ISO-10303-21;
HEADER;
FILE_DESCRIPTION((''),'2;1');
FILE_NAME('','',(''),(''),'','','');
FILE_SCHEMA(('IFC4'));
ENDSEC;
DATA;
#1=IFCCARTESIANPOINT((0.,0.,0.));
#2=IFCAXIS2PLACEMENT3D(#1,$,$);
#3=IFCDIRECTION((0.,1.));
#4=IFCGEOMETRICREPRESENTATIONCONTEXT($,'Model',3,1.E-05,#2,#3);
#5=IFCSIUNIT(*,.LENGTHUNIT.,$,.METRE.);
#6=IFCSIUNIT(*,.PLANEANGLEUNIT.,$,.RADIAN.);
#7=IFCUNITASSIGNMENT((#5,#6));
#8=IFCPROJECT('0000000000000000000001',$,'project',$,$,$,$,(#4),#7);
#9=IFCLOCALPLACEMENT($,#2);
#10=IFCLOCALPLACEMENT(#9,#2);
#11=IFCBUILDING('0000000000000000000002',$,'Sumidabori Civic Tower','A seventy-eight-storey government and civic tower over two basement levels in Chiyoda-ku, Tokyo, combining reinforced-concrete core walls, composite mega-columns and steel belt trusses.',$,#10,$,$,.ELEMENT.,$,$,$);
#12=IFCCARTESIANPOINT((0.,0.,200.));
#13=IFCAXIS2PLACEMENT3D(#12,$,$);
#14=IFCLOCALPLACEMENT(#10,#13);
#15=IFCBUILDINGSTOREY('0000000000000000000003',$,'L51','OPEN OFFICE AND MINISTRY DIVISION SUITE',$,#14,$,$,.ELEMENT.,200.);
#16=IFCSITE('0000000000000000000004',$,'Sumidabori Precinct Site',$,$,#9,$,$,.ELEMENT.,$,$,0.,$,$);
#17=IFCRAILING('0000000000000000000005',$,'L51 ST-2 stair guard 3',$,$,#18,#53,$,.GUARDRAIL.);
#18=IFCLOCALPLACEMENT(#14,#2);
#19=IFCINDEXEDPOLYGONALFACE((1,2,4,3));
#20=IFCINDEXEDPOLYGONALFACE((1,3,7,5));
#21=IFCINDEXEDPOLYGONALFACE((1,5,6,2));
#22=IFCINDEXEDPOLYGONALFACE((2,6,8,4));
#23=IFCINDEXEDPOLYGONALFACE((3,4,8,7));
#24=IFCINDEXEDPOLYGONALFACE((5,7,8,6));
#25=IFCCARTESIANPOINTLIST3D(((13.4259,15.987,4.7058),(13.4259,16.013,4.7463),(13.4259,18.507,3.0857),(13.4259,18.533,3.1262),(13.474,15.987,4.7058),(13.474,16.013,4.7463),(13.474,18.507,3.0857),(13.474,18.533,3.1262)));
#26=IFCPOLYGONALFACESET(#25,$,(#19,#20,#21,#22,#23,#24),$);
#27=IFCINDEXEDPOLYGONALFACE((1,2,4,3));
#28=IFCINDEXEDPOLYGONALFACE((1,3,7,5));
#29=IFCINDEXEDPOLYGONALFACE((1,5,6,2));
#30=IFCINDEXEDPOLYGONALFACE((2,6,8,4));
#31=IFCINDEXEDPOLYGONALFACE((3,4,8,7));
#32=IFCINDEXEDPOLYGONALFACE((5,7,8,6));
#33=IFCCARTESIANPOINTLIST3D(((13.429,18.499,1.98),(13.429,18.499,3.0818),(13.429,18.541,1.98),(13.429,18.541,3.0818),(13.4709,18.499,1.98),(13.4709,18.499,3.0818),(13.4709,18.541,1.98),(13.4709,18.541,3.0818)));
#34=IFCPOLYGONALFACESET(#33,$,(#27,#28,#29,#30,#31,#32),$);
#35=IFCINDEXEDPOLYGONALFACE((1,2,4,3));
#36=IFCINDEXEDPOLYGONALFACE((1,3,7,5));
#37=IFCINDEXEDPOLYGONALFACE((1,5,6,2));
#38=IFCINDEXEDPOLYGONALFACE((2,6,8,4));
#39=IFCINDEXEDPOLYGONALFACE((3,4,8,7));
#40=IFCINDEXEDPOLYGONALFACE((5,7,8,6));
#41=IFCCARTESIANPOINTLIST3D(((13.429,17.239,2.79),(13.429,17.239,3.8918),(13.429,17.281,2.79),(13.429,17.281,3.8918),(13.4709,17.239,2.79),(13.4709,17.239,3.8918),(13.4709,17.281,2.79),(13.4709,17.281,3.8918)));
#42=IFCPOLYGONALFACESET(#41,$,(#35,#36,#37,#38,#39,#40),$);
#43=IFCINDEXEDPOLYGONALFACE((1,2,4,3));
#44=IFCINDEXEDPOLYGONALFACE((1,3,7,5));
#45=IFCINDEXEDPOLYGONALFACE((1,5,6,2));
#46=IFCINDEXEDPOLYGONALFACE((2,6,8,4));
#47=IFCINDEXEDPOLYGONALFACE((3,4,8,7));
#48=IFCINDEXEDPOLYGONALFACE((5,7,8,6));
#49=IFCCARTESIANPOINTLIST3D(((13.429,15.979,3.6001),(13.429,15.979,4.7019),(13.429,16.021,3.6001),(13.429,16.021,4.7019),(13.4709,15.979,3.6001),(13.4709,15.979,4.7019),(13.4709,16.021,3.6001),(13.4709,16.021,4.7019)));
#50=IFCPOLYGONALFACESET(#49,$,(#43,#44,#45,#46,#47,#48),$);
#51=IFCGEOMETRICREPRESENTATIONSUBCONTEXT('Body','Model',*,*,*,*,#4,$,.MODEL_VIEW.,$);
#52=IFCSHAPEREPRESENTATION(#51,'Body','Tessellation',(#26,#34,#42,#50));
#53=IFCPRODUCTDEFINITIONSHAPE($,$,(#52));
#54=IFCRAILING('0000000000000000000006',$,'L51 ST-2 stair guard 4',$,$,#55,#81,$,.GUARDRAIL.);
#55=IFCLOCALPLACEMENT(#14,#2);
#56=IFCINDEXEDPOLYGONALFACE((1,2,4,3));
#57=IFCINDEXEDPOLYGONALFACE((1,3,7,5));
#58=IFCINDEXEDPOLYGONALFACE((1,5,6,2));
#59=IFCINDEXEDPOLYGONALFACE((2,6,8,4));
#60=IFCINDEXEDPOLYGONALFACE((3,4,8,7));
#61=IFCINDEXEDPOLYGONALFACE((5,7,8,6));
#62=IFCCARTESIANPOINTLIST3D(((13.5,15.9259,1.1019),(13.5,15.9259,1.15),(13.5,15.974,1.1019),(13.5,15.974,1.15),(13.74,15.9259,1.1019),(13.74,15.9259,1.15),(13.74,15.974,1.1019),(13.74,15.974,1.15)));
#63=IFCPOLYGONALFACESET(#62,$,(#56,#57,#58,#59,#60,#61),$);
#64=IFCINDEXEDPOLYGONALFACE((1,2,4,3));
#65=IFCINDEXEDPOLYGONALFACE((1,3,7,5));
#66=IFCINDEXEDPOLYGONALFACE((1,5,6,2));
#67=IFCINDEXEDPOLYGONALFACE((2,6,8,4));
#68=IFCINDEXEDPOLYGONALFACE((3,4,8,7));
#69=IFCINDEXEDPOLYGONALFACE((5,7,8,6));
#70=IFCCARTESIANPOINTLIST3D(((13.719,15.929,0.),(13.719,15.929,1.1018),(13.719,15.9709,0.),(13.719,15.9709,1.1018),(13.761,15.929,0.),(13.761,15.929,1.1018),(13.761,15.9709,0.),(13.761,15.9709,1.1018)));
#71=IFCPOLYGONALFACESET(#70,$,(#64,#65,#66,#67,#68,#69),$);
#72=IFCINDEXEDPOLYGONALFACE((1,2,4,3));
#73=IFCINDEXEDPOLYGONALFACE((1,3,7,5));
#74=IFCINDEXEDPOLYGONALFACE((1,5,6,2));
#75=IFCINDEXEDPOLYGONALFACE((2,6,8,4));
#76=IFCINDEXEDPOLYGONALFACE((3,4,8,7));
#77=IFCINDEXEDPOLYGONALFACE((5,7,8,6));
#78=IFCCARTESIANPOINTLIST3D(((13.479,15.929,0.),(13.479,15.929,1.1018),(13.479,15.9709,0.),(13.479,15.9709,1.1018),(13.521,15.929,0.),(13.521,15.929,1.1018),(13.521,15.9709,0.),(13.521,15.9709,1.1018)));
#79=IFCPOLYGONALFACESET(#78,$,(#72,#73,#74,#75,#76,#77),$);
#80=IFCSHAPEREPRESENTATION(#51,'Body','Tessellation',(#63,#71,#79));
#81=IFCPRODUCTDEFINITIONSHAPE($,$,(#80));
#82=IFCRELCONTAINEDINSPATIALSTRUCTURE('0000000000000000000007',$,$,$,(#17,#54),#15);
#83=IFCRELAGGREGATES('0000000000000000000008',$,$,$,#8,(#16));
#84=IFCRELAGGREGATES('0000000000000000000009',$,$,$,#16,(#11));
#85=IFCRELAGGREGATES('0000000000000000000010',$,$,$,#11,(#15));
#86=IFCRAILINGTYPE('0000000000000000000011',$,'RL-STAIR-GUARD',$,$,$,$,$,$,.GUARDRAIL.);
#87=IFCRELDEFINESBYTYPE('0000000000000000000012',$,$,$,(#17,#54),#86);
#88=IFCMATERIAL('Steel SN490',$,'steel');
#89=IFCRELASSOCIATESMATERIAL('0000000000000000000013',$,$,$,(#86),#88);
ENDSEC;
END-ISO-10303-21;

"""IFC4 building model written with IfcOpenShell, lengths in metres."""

from ifc_helpers import new_model, si_unit, direction, frame, origin, origin_2d, place, context, subcontext, project, spatial, rectangle, extrude, material, type_object, element, save


model = new_model("IFC4")

# Units and contexts
model_context = context("Model", 3, precision=1e-05, world=origin(), true_north=direction((0.0, 1.0)))
body_context = subcontext(model_context, "Body", "Model", "MODEL_VIEW")
ifc_project = project(units=[si_unit("LENGTHUNIT", "METRE"), si_unit("PLANEANGLEUNIT", "RADIAN")], contexts=[model_context])

# Site, building, storey
site_placement = place(None, origin())
site = spatial("IfcSite", under=ifc_project, at=site_placement, Name="Sumidabori Precinct Site", CompositionType="ELEMENT", RefElevation=0.0)
building_placement = place(site_placement, origin())
building = spatial("IfcBuilding", under=site, at=building_placement, Name="Sumidabori Civic Tower", Description="A seventy-eight-storey government and civic tower over two basement levels in Chiyoda-ku, Tokyo, combining reinforced-concrete core walls, composite mega-columns and steel belt trusses.", CompositionType="ELEMENT")
storey_placement = place(building_placement, frame((0.0, 0.0, 200.0)))
storey = spatial("IfcBuildingStorey", under=building, at=storey_placement, Name="L51", Description="OPEN OFFICE AND MINISTRY DIVISION SUITE", CompositionType="ELEMENT", Elevation=200.0)

# Railings
ifc_material_1 = material(Name="Steel SN490", Category="steel")
railing_type_1 = type_object("IfcRailingType", Name="RL-STAIR-GUARD", PredefinedType="GUARDRAIL", material=ifc_material_1)
railing_1_placement = place(storey_placement, frame((13.45, 18.52, 1.98)))
element("IfcRailing", 1, at=railing_1_placement, inside=storey, type_object=railing_type_1, Name="L51 ST-2 stair guard 3", PredefinedType="GUARDRAIL", context=body_context, shape_type="SweptSolid", body=[
    extrude(rectangle(XDim=0.0481, YDim=0.0481, at=origin_2d()), frame((0.0, 0.0, 1.126), z_axis=(0.0, -0.841163, 0.540782), x_axis=(1.0, 0.0, 0.0)), (0.0, 0.0, 1.0), 2.9958),
    extrude(rectangle(XDim=0.042, YDim=0.042, at=origin_2d()), origin(), (0.0, 0.0, 1.0), 1.1018),
    extrude(rectangle(XDim=0.042, YDim=0.042, at=origin_2d()), frame((0.0, -1.26, 0.8101)), (0.0, 0.0, 1.0), 1.1018),
    extrude(rectangle(XDim=0.042, YDim=0.042, at=origin_2d()), frame((0.0, -2.52, 1.6201)), (0.0, 0.0, 1.0), 1.1018),
])
railing_2_placement = place(storey_placement, frame((13.74, 15.95, 0.0)))
element("IfcRailing", 2, at=railing_2_placement, inside=storey, type_object=railing_type_1, Name="L51 ST-2 stair guard 4", PredefinedType="GUARDRAIL", context=body_context, shape_type="SweptSolid", body=[
    extrude(rectangle(XDim=0.0481, YDim=0.0481, at=origin_2d()), frame((0.0, 0.0, 1.126), z_axis=(-1.0, 0.0, 0.0), x_axis=(0.0, -1.0, 0.0)), (0.0, 0.0, 1.0), 0.24),
    extrude(rectangle(XDim=0.042, YDim=0.042, at=origin_2d()), origin(), (0.0, 0.0, 1.0), 1.1018),
    extrude(rectangle(XDim=0.042, YDim=0.042, at=origin_2d()), frame((-0.24, 0.0, 0.0)), (0.0, 0.0, 1.0), 1.1018),
])

save(model, "model.ifc")
